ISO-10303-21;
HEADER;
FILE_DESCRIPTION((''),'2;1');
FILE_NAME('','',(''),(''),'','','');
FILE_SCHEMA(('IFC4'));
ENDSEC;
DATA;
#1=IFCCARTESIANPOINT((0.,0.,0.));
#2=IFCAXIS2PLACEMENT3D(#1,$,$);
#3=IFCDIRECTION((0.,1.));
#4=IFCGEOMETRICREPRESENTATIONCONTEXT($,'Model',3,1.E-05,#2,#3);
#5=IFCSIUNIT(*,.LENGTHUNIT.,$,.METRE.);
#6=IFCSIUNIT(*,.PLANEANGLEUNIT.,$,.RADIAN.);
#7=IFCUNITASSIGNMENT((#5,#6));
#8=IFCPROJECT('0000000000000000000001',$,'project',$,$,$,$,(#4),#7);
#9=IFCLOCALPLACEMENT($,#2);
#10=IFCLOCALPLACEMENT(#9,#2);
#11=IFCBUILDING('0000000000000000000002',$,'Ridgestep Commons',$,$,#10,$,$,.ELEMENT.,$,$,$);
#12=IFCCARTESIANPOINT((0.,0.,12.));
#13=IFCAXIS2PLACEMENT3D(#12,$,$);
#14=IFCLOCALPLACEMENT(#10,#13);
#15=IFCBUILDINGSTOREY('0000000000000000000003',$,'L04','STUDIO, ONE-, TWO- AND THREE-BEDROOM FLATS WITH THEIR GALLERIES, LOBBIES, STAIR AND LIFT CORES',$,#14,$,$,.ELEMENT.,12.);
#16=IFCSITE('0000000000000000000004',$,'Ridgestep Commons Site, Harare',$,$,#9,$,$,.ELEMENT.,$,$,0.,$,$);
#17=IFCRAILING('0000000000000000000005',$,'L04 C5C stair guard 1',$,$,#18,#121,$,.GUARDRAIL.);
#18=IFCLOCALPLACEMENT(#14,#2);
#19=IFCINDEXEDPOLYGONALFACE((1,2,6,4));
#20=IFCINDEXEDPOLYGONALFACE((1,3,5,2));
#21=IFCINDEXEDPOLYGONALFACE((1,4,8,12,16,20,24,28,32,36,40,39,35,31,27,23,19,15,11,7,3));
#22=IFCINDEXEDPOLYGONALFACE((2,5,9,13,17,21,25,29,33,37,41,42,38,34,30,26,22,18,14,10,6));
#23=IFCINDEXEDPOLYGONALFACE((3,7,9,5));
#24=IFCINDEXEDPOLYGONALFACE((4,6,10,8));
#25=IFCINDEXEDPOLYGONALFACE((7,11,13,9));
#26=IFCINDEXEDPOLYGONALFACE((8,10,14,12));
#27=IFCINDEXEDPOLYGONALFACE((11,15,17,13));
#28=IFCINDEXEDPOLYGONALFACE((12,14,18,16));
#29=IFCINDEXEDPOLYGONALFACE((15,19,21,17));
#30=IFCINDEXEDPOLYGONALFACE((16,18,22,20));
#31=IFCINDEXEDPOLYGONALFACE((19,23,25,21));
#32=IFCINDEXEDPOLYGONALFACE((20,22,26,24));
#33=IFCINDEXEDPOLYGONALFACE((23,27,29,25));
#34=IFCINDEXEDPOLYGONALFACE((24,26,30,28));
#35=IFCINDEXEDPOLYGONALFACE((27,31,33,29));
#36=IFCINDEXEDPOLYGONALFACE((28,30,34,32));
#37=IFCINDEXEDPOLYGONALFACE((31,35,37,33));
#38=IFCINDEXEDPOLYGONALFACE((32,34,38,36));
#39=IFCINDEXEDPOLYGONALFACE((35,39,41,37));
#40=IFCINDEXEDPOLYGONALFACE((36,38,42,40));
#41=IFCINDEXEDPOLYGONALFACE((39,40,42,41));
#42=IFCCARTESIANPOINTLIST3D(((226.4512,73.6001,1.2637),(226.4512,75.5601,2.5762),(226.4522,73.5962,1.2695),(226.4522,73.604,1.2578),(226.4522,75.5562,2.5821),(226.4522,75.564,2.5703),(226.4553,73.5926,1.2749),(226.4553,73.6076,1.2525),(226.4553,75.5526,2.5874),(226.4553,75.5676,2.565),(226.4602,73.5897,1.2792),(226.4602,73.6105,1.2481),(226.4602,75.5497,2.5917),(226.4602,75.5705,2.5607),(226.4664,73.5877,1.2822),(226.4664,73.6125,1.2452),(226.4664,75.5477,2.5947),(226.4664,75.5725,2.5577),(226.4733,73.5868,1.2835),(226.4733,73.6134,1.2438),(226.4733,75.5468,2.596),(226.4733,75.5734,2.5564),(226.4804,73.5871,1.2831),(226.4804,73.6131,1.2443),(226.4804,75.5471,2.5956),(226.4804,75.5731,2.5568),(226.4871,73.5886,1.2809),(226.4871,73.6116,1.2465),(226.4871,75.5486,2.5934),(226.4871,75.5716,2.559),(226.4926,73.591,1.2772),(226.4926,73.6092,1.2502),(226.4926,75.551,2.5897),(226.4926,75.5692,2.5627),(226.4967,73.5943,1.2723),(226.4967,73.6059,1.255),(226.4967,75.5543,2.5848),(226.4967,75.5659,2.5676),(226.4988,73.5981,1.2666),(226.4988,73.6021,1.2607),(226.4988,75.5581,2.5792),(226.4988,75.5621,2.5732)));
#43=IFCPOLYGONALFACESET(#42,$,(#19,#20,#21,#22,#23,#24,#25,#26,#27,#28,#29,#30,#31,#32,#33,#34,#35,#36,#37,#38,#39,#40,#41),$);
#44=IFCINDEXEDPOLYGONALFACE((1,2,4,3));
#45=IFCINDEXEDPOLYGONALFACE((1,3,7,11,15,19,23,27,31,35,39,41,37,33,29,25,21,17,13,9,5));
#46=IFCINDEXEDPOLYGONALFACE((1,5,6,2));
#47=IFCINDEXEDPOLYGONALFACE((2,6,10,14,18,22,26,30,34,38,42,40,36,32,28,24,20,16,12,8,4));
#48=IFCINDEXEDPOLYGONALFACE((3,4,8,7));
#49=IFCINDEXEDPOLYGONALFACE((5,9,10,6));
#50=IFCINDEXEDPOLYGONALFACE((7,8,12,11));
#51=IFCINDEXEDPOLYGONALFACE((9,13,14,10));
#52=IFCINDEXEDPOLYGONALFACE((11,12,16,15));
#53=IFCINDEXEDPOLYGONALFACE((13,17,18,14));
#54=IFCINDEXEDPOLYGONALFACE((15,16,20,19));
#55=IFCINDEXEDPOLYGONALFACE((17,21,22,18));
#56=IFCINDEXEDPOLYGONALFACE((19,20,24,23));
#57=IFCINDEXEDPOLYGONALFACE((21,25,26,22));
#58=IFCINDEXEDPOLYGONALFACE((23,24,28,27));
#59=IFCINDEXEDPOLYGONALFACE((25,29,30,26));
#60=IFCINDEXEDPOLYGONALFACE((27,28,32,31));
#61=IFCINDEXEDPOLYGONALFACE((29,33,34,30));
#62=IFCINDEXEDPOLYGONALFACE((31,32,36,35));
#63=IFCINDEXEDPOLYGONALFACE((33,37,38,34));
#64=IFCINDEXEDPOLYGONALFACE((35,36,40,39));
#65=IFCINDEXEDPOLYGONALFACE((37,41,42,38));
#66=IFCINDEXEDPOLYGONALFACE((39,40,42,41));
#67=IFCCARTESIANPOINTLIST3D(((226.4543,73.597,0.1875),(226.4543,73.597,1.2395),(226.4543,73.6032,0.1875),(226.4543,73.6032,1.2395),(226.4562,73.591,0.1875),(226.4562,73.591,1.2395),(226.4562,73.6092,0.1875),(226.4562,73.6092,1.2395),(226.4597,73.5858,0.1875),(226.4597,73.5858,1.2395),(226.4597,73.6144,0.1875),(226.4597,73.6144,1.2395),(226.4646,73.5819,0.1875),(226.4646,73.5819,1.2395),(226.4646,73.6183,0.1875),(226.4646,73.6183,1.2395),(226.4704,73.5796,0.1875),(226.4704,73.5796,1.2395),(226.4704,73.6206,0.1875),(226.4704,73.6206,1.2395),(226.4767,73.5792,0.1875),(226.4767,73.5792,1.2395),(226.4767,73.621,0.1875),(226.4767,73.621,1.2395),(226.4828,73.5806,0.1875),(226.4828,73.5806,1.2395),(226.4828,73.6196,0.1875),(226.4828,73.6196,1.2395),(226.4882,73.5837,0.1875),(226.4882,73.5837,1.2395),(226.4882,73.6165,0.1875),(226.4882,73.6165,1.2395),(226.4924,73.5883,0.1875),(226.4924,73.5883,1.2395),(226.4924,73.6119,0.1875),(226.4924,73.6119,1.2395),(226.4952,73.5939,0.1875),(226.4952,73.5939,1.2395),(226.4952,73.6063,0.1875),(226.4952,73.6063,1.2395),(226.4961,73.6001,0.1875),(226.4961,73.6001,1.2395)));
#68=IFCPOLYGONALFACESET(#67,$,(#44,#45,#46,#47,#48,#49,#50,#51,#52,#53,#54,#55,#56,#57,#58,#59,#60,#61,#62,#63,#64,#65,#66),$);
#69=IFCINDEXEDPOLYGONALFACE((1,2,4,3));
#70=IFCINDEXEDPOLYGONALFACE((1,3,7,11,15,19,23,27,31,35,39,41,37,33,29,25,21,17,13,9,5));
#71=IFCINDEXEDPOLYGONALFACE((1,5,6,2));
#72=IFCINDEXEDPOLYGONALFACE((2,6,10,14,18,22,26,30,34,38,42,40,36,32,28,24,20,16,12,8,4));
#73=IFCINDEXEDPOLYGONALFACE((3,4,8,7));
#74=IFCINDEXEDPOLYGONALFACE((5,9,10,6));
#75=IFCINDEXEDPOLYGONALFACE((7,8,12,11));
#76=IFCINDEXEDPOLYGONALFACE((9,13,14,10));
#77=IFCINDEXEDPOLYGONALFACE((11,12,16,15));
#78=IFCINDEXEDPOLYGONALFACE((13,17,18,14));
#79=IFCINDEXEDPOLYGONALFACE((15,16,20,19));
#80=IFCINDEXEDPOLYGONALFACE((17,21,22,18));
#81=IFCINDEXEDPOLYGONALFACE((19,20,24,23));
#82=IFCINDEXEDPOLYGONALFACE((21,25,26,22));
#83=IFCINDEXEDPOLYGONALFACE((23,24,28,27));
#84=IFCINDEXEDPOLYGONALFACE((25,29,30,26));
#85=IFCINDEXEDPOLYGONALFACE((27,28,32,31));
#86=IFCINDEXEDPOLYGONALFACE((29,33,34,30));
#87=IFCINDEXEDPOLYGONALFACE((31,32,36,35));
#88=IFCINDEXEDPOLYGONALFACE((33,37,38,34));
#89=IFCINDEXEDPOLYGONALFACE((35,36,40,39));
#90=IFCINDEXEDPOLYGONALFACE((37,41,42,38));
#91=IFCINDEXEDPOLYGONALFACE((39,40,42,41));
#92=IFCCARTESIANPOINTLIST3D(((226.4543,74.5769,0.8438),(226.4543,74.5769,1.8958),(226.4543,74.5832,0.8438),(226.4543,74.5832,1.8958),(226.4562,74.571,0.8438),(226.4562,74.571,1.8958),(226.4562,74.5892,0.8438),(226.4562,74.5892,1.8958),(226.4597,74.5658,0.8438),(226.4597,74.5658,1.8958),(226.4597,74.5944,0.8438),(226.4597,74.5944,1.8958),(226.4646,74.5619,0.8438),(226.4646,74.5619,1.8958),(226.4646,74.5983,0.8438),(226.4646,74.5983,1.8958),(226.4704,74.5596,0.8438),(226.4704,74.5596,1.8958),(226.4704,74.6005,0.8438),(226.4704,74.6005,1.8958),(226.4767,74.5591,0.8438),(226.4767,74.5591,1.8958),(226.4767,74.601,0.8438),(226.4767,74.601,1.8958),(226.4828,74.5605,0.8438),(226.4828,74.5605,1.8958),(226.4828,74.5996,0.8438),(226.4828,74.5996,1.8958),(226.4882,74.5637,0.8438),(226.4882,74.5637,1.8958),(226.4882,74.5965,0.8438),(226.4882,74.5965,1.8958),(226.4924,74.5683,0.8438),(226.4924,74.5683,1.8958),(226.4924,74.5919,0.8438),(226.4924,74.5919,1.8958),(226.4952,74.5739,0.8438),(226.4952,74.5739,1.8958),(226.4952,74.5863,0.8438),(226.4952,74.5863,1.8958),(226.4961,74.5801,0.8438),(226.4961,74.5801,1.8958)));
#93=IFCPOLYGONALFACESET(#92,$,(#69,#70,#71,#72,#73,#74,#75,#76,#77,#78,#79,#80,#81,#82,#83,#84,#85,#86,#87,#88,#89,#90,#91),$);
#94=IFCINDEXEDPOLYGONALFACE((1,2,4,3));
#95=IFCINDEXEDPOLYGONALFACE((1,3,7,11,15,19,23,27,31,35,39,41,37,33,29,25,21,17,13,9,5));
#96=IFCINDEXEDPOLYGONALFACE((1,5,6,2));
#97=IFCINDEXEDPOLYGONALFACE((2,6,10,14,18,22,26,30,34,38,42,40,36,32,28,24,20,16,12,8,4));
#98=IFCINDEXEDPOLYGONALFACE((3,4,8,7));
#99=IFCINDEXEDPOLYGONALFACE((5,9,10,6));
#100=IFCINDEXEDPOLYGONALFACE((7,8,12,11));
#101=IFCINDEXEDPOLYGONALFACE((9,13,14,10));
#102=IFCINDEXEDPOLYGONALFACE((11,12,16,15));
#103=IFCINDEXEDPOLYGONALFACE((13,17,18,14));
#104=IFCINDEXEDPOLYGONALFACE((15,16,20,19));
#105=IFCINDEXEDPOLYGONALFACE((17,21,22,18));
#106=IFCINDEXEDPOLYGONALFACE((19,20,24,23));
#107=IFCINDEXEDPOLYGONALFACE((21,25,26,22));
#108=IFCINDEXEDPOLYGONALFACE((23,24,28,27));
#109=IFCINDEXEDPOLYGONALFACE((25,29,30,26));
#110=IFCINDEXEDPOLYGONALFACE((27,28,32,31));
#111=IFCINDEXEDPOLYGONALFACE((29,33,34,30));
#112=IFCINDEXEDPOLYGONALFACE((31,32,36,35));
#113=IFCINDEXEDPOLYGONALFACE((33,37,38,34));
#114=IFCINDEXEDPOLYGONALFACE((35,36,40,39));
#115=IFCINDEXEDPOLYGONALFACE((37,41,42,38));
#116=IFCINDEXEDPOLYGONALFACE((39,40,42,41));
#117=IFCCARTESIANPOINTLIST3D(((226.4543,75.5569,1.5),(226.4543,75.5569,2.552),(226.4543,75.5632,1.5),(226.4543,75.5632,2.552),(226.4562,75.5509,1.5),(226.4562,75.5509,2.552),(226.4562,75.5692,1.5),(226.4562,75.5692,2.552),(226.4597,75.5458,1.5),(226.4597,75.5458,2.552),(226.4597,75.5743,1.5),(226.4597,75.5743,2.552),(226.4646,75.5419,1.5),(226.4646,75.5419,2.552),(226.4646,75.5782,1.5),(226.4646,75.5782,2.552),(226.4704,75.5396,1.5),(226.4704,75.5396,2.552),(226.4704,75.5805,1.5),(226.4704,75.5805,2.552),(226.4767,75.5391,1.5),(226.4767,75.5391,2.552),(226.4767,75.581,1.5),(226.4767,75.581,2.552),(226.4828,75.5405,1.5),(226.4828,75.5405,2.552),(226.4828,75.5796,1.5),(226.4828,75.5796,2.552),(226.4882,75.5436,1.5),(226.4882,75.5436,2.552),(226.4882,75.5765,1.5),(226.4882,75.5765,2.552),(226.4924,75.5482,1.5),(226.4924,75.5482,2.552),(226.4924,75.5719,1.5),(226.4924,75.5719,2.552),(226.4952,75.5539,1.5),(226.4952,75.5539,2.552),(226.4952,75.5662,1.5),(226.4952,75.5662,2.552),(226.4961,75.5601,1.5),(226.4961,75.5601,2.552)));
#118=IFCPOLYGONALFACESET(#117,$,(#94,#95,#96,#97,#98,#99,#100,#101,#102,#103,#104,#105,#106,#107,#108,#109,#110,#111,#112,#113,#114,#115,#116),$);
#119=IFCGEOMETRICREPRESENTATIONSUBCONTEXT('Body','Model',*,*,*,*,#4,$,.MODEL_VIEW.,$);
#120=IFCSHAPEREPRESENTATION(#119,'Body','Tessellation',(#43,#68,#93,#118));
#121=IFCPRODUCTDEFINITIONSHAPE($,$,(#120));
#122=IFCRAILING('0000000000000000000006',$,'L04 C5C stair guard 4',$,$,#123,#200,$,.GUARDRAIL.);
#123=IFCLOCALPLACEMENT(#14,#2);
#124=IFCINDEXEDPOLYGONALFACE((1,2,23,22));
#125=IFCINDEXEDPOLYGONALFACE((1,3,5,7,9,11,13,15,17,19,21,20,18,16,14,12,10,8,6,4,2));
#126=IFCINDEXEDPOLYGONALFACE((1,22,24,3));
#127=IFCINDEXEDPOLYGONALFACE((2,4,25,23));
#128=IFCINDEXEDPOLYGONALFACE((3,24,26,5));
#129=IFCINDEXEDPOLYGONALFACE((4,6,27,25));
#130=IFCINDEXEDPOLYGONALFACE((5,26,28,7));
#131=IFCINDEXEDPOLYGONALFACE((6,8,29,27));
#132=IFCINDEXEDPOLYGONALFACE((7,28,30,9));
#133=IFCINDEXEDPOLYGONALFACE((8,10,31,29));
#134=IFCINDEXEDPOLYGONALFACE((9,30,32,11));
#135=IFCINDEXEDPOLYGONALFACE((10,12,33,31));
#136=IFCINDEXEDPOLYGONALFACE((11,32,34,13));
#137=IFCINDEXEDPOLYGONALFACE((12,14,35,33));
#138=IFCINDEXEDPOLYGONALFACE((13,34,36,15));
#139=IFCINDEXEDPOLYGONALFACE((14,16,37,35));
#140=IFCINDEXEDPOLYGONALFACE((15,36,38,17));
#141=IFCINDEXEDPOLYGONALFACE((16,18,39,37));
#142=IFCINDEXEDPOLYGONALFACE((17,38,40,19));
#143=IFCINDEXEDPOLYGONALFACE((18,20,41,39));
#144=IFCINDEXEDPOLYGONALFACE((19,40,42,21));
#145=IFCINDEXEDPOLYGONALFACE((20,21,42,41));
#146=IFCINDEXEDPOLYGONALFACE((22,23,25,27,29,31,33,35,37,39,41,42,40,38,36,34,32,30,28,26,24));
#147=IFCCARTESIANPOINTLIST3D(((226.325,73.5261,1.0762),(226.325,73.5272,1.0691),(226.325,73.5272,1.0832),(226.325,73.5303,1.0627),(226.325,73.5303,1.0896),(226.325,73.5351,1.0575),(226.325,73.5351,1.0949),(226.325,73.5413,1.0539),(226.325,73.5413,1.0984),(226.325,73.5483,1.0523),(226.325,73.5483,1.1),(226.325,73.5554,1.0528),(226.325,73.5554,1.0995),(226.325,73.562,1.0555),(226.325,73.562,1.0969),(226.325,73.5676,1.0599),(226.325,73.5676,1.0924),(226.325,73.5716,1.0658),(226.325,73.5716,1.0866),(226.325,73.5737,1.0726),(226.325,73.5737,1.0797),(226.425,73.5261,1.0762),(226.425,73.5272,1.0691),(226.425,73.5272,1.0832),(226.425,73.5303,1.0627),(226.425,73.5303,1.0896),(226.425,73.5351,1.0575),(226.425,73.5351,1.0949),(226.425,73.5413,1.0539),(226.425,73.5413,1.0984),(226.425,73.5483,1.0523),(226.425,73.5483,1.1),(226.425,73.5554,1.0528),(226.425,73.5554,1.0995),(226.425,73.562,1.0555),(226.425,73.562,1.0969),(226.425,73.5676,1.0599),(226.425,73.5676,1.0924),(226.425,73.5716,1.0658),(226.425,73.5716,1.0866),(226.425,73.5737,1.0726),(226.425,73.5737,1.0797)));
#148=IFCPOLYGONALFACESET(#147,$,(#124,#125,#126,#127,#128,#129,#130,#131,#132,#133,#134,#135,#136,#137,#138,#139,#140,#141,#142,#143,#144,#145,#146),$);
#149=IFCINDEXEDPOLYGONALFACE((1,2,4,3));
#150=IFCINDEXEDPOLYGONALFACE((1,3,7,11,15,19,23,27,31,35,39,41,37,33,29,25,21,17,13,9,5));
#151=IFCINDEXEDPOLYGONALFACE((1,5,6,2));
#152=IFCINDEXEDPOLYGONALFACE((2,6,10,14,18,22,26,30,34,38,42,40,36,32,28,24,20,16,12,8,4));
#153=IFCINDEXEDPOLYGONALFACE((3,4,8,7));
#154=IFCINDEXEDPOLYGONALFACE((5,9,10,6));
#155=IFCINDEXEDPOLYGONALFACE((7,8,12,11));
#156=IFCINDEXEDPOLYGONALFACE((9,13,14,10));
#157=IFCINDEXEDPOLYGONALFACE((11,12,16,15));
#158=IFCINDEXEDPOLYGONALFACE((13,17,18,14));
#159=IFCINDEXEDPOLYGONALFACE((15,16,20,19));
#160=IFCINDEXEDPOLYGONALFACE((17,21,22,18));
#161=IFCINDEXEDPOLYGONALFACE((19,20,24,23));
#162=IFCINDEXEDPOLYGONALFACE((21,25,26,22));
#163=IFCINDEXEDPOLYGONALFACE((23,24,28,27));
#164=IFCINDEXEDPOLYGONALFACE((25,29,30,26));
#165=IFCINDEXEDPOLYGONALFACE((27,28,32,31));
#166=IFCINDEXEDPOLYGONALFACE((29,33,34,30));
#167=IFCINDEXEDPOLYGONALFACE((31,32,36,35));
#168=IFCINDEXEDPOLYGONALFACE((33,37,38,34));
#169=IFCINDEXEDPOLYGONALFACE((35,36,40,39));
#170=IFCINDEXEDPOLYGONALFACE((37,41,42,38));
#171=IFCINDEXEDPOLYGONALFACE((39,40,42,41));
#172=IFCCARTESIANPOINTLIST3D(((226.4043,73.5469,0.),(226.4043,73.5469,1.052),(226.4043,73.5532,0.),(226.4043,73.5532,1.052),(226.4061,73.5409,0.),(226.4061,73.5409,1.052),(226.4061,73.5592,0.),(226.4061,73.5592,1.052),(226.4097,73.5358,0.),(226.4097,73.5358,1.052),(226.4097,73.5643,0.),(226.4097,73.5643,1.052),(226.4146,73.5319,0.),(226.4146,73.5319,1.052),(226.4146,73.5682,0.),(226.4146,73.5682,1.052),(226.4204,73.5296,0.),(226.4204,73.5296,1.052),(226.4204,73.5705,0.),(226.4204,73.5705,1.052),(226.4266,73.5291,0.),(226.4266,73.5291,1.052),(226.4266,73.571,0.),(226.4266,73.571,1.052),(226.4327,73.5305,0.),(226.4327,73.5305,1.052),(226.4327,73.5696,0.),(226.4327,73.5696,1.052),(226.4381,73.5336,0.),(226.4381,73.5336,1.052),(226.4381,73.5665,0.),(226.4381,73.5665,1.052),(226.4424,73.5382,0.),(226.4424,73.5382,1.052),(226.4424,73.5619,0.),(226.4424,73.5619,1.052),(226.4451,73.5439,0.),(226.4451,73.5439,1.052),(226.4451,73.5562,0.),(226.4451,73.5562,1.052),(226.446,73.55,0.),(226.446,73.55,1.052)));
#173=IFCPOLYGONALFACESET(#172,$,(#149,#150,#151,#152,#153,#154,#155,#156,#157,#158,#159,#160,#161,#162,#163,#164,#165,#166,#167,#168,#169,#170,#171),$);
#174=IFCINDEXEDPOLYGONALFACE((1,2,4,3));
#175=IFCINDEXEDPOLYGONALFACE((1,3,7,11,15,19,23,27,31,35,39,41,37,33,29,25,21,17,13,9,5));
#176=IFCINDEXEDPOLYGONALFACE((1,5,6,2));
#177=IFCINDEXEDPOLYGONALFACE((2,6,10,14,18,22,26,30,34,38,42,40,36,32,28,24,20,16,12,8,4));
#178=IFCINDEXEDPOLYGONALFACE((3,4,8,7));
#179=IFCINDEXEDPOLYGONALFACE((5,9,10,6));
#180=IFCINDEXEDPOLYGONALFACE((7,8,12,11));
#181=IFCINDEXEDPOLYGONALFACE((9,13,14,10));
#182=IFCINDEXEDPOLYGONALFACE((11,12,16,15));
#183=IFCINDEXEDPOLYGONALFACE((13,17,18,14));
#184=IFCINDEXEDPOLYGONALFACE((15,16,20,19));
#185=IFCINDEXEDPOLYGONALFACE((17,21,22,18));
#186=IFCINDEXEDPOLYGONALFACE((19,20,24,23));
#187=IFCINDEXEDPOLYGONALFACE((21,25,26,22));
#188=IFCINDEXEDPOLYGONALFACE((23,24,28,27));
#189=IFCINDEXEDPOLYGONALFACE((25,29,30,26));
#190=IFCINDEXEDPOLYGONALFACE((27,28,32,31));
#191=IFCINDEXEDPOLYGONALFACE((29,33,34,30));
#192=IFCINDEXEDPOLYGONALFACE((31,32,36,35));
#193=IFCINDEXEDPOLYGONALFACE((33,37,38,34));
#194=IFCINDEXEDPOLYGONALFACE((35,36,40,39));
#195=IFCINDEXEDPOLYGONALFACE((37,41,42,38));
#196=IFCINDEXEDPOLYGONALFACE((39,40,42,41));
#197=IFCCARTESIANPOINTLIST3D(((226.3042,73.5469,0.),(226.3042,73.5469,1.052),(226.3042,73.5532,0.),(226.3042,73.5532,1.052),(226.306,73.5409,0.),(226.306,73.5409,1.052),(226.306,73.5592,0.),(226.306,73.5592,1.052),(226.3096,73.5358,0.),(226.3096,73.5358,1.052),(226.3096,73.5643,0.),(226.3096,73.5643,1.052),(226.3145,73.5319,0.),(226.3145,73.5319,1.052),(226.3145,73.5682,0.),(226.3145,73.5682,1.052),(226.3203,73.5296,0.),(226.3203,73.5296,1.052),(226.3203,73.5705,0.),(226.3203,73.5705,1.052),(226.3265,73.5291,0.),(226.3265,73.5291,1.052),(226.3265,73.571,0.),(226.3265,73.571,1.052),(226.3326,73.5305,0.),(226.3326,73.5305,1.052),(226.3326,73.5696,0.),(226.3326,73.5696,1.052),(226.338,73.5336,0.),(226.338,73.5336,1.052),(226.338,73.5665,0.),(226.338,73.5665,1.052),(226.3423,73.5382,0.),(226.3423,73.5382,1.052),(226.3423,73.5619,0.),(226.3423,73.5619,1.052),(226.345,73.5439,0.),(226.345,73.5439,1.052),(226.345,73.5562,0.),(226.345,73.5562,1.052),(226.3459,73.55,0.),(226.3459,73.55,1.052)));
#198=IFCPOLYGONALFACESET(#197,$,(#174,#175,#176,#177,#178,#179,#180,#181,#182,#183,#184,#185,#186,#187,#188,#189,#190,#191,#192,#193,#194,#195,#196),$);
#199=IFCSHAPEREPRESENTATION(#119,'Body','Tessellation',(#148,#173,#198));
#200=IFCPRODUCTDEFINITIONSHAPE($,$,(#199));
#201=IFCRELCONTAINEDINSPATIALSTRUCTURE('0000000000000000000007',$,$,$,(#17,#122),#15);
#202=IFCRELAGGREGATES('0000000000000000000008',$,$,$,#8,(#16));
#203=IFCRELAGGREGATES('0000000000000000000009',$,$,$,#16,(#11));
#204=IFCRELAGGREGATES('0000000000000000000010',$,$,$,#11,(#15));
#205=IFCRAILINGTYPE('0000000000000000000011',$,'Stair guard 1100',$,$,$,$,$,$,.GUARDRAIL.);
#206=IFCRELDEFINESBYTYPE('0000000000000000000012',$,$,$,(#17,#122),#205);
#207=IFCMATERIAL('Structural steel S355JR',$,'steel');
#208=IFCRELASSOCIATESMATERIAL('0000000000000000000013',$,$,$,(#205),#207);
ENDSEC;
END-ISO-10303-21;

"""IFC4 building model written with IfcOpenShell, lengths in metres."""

from ifc_helpers import new_model, si_unit, direction, frame, origin, origin_2d, place, context, subcontext, project, spatial, circle, extrude, material, type_object, element, save


model = new_model("IFC4")

# Units and contexts
model_context = context("Model", 3, precision=1e-05, world=origin(), true_north=direction((0.0, 1.0)))
body_context = subcontext(model_context, "Body", "Model", "MODEL_VIEW")
ifc_project = project(units=[si_unit("LENGTHUNIT", "METRE"), si_unit("PLANEANGLEUNIT", "RADIAN")], contexts=[model_context])

# Site, building, storey
site_placement = place(None, origin())
site = spatial("IfcSite", under=ifc_project, at=site_placement, Name="Ridgestep Commons Site, Harare", CompositionType="ELEMENT", RefElevation=0.0)
building_placement = place(site_placement, origin())
building = spatial("IfcBuilding", under=site, at=building_placement, Name="Ridgestep Commons", CompositionType="ELEMENT")
storey_placement = place(building_placement, frame((0.0, 0.0, 12.0)))
storey = spatial("IfcBuildingStorey", under=building, at=storey_placement, Name="L04", Description="STUDIO, ONE-, TWO- AND THREE-BEDROOM FLATS WITH THEIR GALLERIES, LOBBIES, STAIR AND LIFT CORES", CompositionType="ELEMENT", Elevation=12.0)

# Railings
ifc_material_1 = material(Name="Structural steel S355JR", Category="steel")
railing_type_1 = type_object("IfcRailingType", Name="Stair guard 1100", PredefinedType="GUARDRAIL", material=ifc_material_1)
railing_1_placement = place(storey_placement, frame((226.4751, 73.6001, 0.1875)))
element("IfcRailing", 1, at=railing_1_placement, inside=storey, type_object=railing_type_1, Name="L04 C5C stair guard 1", PredefinedType="GUARDRAIL", context=body_context, shape_type="SweptSolid", body=[
    extrude(circle(Radius=0.0239, at=origin_2d()), frame((0.0, 0.0, 1.0762), z_axis=(0.0, 0.830902, 0.556419), x_axis=(-1.0, 0.0, 0.0)), (0.0, 0.0, 1.0), 2.3589),
    extrude(circle(Radius=0.021, at=origin_2d()), origin(), (0.0, 0.0, 1.0), 1.052),
    extrude(circle(Radius=0.021, at=origin_2d()), frame((0.0, 0.98, 0.6562)), (0.0, 0.0, 1.0), 1.052),
    extrude(circle(Radius=0.021, at=origin_2d()), frame((0.0, 1.96, 1.3125)), (0.0, 0.0, 1.0), 1.052),
])
railing_2_placement = place(storey_placement, frame((226.425, 73.55, 0.0)))
element("IfcRailing", 2, at=railing_2_placement, inside=storey, type_object=railing_type_1, Name="L04 C5C stair guard 4", PredefinedType="GUARDRAIL", context=body_context, shape_type="SweptSolid", body=[
    extrude(circle(Radius=0.0239, at=origin_2d()), frame((0.0, 0.0, 1.0762), z_axis=(-1.0, 0.0, 0.0), x_axis=(0.0, -1.0, 0.0)), (0.0, 0.0, 1.0), 0.1001),
    extrude(circle(Radius=0.021, at=origin_2d()), origin(), (0.0, 0.0, 1.0), 1.052),
    extrude(circle(Radius=0.021, at=origin_2d()), frame((-0.1001, 0.0, 0.0)), (0.0, 0.0, 1.0), 1.052),
])

save(model, "model.ifc")
